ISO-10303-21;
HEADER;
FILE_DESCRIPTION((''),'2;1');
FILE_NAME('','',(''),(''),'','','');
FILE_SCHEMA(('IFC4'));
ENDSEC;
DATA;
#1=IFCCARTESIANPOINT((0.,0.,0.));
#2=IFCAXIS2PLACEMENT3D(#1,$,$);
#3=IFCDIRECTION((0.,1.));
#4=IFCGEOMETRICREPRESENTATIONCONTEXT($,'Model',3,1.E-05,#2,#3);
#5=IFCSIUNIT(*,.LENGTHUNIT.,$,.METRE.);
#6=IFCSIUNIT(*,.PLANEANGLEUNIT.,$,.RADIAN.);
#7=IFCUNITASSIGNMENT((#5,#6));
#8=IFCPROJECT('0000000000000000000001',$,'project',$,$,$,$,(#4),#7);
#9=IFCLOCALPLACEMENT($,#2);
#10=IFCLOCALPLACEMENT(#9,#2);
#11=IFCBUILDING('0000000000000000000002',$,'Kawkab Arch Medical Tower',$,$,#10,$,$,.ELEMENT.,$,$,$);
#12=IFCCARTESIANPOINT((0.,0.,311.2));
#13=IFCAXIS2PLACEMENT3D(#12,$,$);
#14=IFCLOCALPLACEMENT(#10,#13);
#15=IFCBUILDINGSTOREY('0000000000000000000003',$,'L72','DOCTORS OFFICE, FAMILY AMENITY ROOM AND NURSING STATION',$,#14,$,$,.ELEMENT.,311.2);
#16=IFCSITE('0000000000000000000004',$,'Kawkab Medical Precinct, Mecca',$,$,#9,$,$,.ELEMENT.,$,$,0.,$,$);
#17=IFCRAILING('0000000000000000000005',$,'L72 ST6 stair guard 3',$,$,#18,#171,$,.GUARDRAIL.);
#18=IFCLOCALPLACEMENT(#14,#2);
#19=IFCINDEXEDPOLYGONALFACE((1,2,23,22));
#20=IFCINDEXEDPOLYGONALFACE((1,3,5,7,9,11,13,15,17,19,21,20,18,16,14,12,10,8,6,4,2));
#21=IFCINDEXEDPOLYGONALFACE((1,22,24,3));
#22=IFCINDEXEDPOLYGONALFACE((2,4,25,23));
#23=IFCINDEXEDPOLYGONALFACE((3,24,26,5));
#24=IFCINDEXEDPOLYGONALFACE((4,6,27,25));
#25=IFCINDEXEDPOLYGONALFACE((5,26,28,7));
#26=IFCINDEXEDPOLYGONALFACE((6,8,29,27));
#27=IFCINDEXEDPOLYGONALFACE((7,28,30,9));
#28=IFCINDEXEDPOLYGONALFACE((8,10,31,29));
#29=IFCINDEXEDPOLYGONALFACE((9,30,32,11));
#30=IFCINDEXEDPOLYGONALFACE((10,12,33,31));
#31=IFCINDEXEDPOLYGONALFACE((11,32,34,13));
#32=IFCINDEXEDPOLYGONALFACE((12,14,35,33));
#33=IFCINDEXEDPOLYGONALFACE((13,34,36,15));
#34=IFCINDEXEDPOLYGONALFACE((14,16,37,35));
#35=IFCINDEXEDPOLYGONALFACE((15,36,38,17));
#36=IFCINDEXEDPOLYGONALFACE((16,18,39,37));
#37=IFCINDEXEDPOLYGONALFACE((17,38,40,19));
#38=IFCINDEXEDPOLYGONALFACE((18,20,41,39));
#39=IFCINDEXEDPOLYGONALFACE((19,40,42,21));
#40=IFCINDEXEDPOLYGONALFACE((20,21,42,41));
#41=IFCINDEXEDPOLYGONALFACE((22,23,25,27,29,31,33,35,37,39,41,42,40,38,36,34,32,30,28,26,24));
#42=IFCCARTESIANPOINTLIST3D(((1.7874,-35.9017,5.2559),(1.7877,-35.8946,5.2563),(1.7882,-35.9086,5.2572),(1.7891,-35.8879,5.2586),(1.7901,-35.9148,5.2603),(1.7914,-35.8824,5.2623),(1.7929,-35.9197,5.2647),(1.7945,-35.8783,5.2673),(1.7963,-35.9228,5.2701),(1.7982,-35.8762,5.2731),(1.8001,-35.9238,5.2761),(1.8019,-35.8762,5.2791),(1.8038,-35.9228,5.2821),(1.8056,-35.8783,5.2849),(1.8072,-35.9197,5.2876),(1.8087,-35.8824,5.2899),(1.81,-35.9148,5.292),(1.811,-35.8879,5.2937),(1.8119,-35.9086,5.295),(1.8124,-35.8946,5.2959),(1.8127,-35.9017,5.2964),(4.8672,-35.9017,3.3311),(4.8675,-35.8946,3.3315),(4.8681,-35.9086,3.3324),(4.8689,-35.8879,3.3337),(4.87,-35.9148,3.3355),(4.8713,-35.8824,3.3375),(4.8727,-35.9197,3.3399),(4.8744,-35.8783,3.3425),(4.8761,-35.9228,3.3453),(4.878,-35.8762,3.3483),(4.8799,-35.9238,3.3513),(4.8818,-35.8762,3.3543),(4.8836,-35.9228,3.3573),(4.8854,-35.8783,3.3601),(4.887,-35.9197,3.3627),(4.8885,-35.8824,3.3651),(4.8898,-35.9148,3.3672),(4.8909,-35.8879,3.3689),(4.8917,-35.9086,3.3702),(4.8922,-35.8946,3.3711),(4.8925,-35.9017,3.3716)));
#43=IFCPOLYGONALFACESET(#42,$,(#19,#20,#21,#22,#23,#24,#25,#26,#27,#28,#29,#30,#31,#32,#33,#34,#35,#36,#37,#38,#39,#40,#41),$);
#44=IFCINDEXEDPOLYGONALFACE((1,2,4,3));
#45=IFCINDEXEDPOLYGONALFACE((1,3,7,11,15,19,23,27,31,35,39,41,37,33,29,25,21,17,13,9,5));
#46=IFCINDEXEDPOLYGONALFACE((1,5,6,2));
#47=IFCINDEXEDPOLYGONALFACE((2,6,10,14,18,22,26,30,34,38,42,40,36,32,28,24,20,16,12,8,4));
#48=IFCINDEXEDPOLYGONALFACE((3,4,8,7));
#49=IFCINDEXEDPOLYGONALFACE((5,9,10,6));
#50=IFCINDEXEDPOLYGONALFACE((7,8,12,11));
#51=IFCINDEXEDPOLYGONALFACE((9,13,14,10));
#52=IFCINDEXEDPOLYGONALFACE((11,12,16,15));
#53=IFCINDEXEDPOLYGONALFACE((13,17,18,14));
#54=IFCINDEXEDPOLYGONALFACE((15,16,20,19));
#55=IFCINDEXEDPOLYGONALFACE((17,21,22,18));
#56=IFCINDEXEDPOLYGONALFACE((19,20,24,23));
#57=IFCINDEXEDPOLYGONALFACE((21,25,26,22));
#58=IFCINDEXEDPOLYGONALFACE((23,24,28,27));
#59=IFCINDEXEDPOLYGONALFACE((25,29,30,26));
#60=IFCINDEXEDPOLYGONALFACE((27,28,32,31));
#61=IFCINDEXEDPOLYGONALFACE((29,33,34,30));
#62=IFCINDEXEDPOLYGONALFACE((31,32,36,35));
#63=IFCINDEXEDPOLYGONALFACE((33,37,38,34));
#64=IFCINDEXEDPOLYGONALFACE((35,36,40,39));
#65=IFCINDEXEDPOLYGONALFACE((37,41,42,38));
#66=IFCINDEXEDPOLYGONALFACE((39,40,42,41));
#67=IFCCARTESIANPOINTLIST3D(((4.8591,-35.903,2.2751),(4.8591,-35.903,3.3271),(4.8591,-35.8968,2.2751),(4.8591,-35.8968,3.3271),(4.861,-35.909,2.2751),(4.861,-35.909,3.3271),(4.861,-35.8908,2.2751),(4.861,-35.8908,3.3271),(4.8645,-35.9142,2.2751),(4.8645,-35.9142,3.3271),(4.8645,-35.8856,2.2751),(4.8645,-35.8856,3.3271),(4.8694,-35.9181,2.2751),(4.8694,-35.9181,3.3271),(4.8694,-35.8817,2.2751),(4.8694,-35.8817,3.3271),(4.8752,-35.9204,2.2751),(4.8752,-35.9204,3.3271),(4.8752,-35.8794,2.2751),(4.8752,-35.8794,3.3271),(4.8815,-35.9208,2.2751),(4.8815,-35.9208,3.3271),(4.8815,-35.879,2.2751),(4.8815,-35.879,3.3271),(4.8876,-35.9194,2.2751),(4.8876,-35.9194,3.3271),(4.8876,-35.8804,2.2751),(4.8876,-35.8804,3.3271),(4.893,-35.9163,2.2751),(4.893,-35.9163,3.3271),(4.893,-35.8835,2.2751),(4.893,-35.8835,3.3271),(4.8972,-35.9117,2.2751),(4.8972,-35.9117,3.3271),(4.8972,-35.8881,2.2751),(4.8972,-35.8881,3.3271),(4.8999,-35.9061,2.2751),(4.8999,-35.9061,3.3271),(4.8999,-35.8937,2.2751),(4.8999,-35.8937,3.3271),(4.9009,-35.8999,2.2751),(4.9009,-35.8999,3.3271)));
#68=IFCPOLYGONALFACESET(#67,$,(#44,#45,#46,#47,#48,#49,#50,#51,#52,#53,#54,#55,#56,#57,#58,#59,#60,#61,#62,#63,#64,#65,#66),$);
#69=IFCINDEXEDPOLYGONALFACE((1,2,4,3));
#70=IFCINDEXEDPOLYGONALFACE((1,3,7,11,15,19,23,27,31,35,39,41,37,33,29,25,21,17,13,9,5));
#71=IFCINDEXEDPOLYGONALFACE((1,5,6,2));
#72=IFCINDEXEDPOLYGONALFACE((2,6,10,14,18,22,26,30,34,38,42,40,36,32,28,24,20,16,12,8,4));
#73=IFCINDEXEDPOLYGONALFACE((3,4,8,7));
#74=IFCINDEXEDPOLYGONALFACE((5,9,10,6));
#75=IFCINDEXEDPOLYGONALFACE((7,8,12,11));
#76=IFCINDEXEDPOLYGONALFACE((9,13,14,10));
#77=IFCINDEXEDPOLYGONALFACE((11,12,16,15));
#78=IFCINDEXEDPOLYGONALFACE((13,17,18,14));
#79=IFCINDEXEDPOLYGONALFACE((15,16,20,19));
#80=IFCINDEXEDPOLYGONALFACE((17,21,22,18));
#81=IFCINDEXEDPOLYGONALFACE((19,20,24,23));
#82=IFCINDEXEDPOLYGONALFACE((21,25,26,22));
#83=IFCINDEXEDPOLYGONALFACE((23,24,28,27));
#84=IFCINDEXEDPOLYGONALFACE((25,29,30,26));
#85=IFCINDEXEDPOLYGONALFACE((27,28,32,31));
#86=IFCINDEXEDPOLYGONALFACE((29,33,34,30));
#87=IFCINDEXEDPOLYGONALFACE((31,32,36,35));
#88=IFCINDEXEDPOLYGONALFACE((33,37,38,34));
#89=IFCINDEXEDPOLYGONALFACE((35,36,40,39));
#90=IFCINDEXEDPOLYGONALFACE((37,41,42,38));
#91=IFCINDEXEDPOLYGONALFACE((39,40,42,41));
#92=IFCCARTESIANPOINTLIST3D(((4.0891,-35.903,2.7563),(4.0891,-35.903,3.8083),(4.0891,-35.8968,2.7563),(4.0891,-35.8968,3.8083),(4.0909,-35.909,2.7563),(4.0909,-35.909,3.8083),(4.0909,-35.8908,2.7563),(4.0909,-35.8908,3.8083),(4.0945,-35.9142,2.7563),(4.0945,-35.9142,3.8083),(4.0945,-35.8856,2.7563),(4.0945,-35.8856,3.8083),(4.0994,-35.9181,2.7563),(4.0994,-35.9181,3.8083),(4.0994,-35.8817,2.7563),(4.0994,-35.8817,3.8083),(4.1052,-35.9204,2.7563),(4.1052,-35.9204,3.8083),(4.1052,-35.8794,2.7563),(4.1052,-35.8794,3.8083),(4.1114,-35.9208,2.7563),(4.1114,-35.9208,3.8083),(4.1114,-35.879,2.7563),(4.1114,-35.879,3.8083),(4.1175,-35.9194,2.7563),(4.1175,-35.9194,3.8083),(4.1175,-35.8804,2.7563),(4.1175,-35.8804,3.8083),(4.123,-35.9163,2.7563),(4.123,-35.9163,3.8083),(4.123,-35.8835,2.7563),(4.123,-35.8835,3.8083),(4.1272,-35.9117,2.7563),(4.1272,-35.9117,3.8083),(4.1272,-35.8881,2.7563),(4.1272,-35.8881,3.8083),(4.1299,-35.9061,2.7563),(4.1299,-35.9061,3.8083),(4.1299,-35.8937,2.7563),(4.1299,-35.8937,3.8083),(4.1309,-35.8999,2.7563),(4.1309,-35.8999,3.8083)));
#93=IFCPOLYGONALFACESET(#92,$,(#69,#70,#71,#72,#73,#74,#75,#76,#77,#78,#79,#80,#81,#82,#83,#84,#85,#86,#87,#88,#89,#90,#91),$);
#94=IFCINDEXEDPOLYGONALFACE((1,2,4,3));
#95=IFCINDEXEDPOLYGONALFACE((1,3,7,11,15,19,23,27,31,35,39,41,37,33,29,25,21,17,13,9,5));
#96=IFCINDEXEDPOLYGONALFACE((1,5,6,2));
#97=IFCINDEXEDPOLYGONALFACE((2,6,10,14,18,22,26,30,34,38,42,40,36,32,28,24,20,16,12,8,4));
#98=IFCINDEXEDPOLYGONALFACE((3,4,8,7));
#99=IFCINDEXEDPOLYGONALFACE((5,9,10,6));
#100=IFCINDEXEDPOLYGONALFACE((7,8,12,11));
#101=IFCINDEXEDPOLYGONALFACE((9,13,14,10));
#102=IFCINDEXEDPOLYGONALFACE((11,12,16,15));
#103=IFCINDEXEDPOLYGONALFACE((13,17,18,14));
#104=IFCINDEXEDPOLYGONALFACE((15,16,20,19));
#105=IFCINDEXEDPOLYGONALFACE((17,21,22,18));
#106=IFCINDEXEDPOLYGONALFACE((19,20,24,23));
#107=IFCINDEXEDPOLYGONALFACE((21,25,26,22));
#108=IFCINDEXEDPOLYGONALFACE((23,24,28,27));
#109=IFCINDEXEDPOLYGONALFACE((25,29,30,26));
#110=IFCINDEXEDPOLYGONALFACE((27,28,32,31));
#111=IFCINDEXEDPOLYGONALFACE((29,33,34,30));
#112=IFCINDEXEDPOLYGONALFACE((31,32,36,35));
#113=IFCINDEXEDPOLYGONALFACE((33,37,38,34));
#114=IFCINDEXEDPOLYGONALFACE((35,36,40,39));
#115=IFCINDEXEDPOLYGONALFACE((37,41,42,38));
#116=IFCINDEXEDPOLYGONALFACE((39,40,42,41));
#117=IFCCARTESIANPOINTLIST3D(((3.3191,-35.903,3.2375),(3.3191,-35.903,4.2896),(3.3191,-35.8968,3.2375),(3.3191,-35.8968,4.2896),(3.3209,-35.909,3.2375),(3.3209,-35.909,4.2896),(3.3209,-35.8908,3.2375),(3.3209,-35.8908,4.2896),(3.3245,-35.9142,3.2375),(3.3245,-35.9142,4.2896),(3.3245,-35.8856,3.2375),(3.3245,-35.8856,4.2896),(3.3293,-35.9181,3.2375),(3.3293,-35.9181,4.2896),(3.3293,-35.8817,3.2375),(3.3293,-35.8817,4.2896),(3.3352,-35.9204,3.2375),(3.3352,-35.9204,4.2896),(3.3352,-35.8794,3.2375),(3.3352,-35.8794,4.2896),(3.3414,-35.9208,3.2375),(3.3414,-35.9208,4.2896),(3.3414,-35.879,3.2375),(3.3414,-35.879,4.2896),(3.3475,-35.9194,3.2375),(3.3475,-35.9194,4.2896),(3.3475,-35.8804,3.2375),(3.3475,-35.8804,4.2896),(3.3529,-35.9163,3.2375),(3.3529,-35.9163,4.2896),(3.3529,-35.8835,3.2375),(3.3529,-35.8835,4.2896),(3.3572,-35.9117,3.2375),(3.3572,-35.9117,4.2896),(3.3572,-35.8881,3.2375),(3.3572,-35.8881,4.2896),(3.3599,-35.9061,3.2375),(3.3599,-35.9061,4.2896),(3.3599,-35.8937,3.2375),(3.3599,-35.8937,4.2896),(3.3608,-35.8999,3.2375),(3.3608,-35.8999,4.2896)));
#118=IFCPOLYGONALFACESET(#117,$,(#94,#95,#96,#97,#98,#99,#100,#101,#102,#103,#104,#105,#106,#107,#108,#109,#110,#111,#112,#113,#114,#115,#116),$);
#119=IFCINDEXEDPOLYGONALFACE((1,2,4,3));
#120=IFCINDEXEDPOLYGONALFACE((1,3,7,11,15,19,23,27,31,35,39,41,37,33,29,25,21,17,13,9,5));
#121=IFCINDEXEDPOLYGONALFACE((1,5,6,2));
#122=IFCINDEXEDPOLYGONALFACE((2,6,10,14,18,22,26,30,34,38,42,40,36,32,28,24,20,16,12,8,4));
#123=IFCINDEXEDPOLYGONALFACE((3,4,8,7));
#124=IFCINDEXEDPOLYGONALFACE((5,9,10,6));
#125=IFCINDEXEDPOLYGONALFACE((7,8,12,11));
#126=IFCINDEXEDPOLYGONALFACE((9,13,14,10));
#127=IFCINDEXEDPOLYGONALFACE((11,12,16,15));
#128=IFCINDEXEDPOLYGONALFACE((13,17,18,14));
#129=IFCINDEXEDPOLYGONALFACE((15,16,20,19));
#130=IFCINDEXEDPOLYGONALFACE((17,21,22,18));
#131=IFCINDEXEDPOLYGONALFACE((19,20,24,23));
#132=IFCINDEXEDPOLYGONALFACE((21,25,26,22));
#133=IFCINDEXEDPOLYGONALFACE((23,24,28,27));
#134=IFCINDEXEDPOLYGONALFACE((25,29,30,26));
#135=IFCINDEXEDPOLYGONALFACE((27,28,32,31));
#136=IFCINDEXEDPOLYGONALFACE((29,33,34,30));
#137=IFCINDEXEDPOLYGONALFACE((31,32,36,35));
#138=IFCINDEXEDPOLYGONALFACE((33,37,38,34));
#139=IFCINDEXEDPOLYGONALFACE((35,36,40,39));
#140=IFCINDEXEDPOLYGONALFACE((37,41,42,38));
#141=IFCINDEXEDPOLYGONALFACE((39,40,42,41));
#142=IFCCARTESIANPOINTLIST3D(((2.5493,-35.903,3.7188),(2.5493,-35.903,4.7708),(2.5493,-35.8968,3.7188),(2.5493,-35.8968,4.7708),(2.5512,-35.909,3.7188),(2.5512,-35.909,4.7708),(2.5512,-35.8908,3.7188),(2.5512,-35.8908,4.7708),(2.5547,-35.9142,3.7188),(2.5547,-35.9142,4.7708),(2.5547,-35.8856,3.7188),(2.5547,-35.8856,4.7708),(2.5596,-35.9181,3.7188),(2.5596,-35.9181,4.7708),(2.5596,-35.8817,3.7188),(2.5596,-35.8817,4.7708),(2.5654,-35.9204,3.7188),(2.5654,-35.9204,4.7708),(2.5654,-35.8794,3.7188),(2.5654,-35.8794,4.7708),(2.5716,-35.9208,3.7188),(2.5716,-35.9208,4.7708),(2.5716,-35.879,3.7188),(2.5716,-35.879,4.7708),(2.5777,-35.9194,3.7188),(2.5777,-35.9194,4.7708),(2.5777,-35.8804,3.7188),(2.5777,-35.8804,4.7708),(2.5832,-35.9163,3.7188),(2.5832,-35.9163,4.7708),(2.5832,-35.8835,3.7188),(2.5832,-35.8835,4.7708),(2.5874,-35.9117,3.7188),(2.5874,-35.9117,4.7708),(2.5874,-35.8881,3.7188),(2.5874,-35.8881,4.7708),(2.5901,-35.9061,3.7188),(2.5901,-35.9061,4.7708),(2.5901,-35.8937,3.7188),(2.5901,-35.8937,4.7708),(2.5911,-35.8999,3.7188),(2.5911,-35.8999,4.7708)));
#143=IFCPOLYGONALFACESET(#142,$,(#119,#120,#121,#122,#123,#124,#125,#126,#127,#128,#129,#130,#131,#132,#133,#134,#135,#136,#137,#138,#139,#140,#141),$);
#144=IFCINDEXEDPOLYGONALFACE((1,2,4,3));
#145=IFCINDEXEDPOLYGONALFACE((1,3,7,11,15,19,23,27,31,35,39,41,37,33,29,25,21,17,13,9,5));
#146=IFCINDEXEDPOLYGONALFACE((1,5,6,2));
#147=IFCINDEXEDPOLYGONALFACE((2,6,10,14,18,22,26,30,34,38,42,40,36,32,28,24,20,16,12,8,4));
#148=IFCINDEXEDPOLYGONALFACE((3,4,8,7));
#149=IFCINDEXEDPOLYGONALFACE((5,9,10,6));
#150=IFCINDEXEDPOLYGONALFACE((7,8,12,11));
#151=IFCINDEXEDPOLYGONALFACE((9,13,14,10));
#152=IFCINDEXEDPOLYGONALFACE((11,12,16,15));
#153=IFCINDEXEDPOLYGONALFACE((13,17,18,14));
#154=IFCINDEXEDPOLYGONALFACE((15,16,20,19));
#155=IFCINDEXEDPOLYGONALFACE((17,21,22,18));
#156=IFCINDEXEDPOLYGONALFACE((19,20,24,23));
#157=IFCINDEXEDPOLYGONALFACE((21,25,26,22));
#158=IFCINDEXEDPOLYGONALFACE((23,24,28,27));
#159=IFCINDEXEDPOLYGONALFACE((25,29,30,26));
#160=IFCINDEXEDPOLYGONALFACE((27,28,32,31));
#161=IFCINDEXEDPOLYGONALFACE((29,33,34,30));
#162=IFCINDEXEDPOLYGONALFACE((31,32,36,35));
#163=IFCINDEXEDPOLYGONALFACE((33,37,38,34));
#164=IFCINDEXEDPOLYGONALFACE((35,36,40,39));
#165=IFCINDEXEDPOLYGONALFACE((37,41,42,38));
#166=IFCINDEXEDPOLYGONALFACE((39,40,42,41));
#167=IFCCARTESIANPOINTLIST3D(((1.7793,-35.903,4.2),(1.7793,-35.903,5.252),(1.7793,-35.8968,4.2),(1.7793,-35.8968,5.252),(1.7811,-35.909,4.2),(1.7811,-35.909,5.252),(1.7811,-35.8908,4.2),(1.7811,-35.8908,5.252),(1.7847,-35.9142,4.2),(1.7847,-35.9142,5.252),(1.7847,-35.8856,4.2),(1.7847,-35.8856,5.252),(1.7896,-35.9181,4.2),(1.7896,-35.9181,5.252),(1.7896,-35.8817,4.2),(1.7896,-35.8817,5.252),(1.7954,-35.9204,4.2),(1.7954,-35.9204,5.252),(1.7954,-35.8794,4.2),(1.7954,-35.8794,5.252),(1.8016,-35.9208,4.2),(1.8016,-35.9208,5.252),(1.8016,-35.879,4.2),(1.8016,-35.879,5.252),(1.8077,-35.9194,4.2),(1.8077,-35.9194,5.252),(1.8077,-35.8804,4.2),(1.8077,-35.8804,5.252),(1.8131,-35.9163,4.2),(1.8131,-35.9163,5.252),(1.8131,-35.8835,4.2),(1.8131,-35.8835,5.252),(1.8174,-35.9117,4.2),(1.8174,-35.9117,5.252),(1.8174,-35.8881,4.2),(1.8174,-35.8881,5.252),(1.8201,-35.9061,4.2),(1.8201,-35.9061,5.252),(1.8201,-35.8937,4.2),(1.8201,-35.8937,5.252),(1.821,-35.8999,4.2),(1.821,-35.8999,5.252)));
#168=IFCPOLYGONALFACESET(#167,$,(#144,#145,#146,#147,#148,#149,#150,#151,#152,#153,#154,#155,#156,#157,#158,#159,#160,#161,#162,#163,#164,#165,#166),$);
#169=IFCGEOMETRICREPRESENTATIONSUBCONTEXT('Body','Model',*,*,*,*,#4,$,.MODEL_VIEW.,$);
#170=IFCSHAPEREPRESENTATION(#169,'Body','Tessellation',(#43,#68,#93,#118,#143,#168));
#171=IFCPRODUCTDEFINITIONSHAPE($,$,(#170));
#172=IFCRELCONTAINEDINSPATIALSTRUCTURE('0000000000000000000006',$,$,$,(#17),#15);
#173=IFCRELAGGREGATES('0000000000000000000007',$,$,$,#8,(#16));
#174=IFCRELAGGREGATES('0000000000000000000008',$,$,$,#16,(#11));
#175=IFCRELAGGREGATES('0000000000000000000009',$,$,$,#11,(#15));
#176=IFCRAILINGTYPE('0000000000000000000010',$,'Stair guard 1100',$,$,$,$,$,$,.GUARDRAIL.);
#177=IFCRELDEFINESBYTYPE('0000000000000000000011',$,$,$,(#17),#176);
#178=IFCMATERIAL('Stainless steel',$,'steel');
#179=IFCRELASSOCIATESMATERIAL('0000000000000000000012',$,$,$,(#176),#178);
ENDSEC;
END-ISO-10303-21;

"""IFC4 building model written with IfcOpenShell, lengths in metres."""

from ifc_helpers import new_model, si_unit, direction, frame, origin, origin_2d, place, context, subcontext, project, spatial, circle, extrude, material, type_object, element, save


model = new_model("IFC4")

# Units and contexts
model_context = context("Model", 3, precision=1e-05, world=origin(), true_north=direction((0.0, 1.0)))
body_context = subcontext(model_context, "Body", "Model", "MODEL_VIEW")
ifc_project = project(units=[si_unit("LENGTHUNIT", "METRE"), si_unit("PLANEANGLEUNIT", "RADIAN")], contexts=[model_context])

# Site, building, storey
site_placement = place(None, origin())
site = spatial("IfcSite", under=ifc_project, at=site_placement, Name="Kawkab Medical Precinct, Mecca", CompositionType="ELEMENT", RefElevation=0.0)
building_placement = place(site_placement, origin())
building = spatial("IfcBuilding", under=site, at=building_placement, Name="Kawkab Arch Medical Tower", CompositionType="ELEMENT")
storey_placement = place(building_placement, frame((0.0, 0.0, 311.2)))
storey = spatial("IfcBuildingStorey", under=building, at=storey_placement, Name="L72", Description="DOCTORS OFFICE, FAMILY AMENITY ROOM AND NURSING STATION", CompositionType="ELEMENT", Elevation=311.2)

# Railing
ifc_material_1 = material(Name="Stainless steel", Category="steel")
railing_type_1 = type_object("IfcRailingType", Name="Stair guard 1100", PredefinedType="GUARDRAIL", material=ifc_material_1)
railing_1_placement = place(storey_placement, frame((4.8799, -35.8999, 2.2751)))
element("IfcRailing", 1, at=railing_1_placement, inside=storey, type_object=railing_type_1, Name="L72 ST6 stair guard 3", PredefinedType="GUARDRAIL", context=body_context, shape_type="SweptSolid", body=[
    extrude(circle(Radius=0.0239, at=origin_2d()), frame((0.0, 0.0, 1.0762), z_axis=(-0.84801, 0.0, 0.529981), x_axis=(0.0, -1.0, 0.0)), (0.0, 0.0, 1.0), 3.6318),
    extrude(circle(Radius=0.021, at=origin_2d()), origin(), (0.0, 0.0, 1.0), 1.052),
    extrude(circle(Radius=0.021, at=origin_2d()), frame((-0.77, 0.0, 0.4812)), (0.0, 0.0, 1.0), 1.052),
    extrude(circle(Radius=0.021, at=origin_2d()), frame((-1.54, 0.0, 0.9624)), (0.0, 0.0, 1.0), 1.052),
    extrude(circle(Radius=0.021, at=origin_2d()), frame((-2.3098, 0.0, 1.4436)), (0.0, 0.0, 1.0), 1.052),
    extrude(circle(Radius=0.021, at=origin_2d()), frame((-3.0798, 0.0, 1.9248)), (0.0, 0.0, 1.0), 1.052),
])

save(model, "model.ifc")
